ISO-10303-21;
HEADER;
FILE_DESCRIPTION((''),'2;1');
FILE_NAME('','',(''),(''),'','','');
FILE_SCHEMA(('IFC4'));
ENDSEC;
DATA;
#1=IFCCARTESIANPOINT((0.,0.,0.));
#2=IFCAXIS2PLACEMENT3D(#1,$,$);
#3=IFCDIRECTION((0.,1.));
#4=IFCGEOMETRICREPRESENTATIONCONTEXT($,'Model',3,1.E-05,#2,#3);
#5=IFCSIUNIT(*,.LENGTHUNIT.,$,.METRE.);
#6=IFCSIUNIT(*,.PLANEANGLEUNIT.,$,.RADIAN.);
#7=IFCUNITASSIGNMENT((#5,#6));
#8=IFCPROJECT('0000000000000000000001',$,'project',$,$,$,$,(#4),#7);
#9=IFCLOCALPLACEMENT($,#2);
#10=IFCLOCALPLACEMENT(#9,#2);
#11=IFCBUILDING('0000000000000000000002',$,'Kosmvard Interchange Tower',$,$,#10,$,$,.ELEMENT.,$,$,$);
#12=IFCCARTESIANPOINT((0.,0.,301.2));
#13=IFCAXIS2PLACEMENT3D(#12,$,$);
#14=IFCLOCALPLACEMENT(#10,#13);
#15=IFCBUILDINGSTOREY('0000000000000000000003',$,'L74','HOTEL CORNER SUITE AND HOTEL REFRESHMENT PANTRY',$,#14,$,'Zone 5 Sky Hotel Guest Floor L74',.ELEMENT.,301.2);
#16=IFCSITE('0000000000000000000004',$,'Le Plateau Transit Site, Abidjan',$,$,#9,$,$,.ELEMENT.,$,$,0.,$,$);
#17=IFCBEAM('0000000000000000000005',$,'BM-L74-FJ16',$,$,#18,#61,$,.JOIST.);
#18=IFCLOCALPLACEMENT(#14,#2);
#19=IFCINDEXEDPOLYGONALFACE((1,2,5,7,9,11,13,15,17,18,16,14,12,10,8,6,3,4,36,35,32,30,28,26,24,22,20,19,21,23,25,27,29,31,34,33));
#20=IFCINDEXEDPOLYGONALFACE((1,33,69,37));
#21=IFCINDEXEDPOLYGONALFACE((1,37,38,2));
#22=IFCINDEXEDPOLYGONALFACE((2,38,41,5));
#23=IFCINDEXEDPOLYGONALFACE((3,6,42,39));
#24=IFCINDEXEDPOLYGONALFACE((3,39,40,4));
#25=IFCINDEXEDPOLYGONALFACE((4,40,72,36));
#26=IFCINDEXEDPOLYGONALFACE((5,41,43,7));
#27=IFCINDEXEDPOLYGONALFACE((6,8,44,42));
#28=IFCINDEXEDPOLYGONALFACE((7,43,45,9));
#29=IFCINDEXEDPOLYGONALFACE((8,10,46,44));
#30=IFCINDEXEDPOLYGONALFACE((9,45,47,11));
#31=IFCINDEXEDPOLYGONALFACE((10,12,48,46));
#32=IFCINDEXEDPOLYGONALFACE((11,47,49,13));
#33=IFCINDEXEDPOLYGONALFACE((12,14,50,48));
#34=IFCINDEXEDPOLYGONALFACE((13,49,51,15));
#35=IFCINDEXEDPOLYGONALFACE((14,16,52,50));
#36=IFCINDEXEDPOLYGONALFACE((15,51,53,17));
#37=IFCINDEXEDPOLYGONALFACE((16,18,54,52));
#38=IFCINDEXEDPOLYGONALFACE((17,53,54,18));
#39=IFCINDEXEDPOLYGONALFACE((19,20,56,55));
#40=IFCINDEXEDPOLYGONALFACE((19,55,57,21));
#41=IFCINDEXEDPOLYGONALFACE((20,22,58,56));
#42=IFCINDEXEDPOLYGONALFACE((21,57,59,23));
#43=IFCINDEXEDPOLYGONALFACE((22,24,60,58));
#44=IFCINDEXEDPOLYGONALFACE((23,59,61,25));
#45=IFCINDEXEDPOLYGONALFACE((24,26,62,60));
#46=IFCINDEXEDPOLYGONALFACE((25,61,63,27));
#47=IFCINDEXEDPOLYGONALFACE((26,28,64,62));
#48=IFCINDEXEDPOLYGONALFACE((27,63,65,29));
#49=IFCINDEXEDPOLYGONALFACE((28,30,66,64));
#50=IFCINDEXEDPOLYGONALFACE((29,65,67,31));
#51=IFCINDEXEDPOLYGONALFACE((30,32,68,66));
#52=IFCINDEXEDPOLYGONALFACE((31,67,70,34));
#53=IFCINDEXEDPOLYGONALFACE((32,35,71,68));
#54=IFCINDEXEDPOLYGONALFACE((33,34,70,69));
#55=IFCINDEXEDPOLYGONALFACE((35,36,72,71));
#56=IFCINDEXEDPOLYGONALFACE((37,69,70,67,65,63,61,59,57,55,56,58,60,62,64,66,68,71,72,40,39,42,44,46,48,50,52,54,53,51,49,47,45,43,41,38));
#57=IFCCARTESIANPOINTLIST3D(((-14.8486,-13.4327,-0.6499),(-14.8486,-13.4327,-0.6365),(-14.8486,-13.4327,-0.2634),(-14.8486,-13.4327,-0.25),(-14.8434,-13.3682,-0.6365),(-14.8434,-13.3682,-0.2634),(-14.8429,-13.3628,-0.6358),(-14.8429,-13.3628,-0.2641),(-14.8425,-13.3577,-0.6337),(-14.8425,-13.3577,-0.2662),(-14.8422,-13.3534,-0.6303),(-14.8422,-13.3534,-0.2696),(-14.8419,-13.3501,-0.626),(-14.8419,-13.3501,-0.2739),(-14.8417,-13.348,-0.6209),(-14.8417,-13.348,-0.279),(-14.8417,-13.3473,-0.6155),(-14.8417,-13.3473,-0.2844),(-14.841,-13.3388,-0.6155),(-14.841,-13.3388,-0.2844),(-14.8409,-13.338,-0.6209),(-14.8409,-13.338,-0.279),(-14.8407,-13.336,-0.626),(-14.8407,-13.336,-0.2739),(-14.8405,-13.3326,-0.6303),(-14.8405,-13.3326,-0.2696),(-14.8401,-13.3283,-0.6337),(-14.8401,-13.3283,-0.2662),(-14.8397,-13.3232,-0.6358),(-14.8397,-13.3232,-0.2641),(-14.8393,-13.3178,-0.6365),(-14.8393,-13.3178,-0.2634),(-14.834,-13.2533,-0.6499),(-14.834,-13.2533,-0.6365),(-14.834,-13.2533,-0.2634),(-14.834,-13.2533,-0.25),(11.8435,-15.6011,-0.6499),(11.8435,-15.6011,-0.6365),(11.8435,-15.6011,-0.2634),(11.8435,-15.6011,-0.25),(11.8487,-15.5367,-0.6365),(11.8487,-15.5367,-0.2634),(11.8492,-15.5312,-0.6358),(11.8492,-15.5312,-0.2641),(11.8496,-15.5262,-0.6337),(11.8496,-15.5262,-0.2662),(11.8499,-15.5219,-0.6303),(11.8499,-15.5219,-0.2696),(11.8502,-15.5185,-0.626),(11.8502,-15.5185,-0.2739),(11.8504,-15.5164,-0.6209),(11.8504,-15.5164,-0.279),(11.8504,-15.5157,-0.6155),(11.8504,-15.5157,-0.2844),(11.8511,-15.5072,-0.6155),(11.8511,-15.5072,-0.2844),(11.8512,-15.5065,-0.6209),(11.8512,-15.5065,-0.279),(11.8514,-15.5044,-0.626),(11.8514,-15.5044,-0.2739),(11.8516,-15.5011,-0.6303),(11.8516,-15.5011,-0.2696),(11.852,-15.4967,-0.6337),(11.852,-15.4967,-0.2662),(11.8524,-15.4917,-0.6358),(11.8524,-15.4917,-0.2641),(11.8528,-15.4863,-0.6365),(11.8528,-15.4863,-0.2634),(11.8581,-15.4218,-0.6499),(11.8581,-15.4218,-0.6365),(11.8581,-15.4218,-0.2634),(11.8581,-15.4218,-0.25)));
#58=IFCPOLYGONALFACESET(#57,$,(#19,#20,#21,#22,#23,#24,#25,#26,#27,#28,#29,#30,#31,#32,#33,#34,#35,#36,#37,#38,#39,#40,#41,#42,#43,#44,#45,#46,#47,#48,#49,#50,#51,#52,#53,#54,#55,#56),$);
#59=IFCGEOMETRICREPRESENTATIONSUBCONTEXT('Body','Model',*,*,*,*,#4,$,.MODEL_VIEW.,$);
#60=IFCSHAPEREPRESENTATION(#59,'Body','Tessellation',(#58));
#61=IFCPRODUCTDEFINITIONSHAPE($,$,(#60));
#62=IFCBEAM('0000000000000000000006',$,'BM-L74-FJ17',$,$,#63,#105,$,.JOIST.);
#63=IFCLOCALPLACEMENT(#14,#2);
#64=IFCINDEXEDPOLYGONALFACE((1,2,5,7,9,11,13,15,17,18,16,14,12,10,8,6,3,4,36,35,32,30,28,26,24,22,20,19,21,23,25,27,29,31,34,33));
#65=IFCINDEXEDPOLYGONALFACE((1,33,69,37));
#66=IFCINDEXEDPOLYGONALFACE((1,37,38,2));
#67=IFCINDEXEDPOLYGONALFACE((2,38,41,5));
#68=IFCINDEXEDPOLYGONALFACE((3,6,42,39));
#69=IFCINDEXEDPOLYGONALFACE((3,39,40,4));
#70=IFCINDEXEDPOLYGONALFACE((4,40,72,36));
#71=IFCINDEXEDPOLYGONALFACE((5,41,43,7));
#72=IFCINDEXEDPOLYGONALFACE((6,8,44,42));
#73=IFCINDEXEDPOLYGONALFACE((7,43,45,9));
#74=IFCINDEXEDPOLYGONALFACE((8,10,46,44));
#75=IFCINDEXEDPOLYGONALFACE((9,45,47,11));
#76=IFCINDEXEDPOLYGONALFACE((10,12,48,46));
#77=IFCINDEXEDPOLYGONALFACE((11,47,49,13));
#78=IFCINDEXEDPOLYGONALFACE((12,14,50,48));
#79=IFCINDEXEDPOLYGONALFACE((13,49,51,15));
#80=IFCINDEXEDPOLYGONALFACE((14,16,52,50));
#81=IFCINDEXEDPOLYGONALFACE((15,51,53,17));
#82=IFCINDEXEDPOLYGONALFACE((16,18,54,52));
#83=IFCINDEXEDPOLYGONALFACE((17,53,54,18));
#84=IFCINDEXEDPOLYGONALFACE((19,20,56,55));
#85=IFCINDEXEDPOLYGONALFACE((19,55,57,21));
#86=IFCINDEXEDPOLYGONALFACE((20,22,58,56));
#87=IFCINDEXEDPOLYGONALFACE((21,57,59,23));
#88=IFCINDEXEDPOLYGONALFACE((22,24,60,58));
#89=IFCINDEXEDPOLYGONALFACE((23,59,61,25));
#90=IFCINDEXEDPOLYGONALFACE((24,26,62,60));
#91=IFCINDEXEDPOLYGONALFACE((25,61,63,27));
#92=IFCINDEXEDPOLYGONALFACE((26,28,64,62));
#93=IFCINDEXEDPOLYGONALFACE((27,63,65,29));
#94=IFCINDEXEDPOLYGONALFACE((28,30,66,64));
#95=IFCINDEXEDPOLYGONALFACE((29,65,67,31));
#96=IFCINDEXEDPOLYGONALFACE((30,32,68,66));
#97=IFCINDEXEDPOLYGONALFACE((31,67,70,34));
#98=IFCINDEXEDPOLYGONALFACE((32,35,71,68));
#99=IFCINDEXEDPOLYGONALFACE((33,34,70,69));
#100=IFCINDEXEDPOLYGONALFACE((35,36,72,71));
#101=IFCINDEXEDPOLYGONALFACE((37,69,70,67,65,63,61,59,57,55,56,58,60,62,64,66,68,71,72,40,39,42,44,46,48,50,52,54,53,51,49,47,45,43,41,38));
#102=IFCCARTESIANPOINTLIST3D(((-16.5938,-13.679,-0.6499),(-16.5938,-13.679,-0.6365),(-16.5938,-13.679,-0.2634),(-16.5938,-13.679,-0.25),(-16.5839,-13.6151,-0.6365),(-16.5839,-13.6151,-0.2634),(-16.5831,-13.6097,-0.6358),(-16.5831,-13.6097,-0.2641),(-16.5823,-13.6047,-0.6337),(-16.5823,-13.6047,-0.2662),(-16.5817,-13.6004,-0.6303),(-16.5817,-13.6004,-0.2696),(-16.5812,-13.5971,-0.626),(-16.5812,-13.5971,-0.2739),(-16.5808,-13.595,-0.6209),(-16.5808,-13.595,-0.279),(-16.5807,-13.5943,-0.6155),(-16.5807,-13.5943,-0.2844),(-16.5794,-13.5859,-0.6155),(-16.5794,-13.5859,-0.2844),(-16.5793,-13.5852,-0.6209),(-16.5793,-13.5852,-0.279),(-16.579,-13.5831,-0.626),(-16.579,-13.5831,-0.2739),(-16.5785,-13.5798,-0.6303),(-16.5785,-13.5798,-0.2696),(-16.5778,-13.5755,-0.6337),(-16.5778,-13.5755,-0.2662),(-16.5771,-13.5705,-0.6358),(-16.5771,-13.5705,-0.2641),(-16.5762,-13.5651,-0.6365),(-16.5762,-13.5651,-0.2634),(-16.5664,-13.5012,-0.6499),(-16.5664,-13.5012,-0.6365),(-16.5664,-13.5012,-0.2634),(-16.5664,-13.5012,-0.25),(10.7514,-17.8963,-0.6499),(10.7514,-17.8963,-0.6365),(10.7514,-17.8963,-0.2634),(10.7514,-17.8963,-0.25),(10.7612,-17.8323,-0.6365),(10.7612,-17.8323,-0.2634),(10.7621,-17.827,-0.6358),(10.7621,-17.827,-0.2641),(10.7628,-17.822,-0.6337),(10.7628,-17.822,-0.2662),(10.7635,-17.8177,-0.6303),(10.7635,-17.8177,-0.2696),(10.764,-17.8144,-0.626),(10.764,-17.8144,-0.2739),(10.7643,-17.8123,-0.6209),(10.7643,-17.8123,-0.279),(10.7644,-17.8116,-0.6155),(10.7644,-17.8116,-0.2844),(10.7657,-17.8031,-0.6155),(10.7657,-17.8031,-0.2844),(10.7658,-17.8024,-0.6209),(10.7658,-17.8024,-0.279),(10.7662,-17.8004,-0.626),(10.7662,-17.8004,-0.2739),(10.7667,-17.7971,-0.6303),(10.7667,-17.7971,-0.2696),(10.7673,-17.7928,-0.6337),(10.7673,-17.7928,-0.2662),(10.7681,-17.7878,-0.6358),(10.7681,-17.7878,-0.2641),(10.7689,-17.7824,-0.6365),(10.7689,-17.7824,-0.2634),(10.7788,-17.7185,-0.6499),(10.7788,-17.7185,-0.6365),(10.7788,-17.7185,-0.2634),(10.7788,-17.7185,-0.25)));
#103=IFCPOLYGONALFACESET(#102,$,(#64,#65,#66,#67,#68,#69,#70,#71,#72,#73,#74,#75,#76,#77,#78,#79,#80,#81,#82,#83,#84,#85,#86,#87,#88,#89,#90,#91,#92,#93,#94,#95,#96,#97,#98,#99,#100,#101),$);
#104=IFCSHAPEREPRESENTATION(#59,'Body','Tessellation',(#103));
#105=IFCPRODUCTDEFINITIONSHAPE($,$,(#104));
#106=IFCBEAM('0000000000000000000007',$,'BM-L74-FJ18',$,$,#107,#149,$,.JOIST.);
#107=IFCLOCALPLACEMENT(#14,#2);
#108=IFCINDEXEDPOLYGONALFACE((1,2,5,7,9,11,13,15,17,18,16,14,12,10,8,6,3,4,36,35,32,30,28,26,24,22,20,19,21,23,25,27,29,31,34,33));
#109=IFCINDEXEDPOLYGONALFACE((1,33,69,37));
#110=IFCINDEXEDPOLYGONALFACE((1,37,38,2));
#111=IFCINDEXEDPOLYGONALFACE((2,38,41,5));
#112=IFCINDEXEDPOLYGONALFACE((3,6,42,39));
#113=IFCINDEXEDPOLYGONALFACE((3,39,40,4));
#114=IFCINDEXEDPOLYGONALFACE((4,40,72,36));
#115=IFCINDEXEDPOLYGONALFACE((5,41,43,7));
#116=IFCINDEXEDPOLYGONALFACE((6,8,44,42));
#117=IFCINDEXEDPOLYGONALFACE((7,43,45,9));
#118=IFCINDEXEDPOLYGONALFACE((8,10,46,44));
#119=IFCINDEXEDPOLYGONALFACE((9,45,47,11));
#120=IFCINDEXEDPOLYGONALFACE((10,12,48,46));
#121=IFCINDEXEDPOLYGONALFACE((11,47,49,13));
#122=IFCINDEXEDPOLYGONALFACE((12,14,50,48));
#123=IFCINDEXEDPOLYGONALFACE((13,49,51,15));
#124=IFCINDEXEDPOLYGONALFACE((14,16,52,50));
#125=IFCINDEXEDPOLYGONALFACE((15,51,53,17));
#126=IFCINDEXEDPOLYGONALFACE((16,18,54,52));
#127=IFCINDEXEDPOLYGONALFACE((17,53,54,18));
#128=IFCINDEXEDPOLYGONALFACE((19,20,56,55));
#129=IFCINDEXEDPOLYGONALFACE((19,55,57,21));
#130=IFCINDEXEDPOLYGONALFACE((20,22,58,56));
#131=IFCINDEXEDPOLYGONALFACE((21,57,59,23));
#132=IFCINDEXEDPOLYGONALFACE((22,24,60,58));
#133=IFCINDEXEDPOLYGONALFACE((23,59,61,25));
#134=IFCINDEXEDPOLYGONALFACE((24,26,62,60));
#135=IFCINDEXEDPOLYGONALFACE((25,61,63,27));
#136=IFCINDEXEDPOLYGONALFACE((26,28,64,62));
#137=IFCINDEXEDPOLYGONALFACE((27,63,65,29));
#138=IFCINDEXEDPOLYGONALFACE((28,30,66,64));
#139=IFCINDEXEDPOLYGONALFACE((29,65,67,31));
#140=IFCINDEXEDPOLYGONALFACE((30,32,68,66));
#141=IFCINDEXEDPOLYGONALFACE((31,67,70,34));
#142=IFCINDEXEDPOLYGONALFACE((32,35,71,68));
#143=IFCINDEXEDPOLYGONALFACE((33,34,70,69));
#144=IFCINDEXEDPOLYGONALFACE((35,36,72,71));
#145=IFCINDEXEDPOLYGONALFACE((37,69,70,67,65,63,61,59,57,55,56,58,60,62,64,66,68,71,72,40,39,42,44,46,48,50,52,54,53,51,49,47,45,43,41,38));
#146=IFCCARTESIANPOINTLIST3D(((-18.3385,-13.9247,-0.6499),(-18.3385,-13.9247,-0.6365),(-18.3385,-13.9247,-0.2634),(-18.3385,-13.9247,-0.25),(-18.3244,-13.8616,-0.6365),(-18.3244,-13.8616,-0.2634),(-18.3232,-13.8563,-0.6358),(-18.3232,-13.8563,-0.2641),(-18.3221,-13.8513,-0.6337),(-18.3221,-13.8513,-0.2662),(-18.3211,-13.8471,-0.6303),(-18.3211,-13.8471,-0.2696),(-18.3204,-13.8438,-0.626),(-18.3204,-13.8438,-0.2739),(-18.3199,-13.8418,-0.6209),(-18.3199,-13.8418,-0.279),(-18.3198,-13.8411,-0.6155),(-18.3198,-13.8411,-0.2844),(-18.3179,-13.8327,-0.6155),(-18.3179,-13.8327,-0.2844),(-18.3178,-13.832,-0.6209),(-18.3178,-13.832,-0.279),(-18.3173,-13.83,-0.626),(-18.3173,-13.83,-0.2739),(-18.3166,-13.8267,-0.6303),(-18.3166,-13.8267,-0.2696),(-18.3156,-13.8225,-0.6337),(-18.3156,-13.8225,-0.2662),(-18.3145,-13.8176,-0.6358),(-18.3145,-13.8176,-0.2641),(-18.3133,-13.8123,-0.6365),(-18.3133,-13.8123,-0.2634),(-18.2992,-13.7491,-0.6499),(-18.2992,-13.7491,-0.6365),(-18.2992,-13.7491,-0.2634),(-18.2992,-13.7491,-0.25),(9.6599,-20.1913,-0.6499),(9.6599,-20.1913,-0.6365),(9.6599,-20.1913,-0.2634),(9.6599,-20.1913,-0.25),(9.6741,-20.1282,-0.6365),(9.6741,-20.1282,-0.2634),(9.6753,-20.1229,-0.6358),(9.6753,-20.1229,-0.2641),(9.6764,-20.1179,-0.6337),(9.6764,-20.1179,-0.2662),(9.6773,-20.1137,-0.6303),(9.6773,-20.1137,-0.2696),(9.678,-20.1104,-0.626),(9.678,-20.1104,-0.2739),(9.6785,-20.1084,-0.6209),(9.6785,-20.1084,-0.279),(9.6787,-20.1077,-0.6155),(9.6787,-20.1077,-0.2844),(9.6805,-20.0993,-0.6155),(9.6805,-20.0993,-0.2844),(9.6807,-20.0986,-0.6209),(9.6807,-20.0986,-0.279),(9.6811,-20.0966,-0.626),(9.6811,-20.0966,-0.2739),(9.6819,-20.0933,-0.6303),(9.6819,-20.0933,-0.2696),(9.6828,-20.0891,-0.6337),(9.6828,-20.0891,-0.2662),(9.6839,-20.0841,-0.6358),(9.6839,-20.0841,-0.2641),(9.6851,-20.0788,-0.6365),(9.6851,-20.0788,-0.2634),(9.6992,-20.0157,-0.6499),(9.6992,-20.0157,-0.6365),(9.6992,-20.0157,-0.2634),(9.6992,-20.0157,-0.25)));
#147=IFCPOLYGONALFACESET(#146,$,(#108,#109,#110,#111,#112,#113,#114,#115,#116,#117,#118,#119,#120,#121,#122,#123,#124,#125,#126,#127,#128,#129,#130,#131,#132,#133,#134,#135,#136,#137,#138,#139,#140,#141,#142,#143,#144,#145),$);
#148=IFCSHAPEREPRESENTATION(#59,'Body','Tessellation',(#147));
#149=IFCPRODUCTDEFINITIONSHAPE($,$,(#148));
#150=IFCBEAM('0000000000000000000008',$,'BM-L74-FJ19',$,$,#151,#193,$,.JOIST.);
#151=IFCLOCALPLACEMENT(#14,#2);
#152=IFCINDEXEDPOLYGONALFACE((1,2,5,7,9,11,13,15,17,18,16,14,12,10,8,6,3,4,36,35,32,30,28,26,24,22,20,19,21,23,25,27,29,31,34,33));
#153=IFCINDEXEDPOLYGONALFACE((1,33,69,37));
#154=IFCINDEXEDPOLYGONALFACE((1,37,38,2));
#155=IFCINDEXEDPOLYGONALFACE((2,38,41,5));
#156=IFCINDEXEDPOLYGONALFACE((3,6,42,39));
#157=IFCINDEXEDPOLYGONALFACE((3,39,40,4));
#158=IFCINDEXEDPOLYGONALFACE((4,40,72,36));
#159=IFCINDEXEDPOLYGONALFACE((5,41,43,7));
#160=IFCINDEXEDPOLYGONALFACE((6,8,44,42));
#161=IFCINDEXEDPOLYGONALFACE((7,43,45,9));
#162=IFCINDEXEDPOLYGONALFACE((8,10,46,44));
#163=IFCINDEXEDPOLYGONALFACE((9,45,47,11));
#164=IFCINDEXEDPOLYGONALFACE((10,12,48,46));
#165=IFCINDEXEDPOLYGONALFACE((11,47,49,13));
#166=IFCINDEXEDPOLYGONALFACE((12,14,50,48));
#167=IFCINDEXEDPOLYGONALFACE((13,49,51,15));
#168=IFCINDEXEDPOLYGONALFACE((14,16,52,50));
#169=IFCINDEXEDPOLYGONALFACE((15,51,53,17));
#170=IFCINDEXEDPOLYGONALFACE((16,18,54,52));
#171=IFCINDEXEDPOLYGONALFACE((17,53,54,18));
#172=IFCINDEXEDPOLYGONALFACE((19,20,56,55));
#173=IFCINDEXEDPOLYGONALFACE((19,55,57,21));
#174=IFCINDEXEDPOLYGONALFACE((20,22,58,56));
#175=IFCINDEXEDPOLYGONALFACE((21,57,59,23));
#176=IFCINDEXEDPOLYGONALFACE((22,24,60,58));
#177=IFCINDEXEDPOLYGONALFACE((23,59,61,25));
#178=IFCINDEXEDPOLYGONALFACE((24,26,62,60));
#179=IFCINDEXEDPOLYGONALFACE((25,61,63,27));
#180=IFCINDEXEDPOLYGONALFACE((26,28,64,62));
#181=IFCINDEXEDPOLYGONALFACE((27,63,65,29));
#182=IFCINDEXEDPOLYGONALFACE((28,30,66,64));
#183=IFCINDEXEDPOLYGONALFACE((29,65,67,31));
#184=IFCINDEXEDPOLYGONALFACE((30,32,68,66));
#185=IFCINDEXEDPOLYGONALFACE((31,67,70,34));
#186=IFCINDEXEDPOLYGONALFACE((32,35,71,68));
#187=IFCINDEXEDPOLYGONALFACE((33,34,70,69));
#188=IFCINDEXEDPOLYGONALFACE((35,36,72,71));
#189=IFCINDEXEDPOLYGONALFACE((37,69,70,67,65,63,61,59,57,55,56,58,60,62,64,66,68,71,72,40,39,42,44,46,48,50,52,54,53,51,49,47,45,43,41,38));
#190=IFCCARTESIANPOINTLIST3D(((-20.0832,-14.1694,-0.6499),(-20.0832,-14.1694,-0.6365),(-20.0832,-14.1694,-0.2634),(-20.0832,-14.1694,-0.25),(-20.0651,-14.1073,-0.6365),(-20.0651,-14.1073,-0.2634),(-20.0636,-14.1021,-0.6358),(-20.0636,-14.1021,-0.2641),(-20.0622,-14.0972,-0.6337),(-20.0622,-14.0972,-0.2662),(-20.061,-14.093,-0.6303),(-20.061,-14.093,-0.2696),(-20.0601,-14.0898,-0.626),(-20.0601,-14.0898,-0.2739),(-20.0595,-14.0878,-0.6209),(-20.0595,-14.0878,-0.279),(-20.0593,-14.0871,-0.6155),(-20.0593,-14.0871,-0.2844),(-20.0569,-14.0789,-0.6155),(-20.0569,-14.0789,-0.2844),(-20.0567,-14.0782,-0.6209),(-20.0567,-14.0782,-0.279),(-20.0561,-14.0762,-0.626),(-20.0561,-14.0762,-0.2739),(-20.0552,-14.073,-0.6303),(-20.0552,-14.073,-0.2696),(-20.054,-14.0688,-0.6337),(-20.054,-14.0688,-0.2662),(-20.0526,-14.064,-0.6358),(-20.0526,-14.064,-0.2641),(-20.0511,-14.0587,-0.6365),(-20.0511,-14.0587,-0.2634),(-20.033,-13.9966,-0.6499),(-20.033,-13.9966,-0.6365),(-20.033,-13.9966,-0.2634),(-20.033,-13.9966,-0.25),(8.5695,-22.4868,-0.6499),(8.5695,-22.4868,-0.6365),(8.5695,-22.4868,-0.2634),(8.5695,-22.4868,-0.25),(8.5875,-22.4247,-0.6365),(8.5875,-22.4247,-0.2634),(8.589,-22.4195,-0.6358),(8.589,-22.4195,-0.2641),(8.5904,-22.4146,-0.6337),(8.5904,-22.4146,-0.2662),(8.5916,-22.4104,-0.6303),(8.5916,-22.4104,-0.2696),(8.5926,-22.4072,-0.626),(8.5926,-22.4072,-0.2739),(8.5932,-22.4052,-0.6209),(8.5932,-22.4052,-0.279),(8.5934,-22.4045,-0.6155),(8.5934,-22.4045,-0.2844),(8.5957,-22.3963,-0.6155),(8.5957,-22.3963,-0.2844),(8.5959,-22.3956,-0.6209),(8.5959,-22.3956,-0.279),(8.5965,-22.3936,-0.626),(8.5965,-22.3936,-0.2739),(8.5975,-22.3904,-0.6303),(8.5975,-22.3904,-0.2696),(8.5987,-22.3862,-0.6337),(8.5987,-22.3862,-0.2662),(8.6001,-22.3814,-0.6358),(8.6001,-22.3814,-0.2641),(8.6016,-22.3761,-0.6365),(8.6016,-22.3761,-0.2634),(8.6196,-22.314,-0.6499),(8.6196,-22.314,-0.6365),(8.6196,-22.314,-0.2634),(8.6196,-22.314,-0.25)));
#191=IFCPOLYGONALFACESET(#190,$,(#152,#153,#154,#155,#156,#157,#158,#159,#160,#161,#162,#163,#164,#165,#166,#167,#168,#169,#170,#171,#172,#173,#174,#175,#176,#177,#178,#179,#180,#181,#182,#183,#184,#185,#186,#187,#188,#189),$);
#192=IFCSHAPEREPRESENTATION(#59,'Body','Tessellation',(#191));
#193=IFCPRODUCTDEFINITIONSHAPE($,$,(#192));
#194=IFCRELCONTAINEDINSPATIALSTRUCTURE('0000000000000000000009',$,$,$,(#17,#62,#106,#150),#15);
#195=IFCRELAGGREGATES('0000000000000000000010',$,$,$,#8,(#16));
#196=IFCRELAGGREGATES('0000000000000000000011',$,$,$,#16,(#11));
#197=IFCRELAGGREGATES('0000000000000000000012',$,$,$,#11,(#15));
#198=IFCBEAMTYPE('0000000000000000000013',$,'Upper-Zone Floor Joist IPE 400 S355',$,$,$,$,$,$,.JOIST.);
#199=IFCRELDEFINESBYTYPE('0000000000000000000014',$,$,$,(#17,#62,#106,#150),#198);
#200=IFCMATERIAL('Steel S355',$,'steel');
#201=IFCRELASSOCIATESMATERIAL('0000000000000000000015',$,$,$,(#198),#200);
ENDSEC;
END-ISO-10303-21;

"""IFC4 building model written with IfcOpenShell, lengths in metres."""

from ifc_helpers import new_model, si_unit, direction, frame, origin, origin_2d, place, context, subcontext, project, spatial, i_section, extrude, source, transform, mapped, material, material_profile, profile_set, type_object, element, save


model = new_model("IFC4")

# Units and contexts
model_context = context("Model", 3, precision=1e-05, world=origin(), true_north=direction((0.0, 1.0)))
body_context = subcontext(model_context, "Body", "Model", "MODEL_VIEW")
ifc_project = project(units=[si_unit("LENGTHUNIT", "METRE"), si_unit("PLANEANGLEUNIT", "RADIAN")], contexts=[model_context])

# Site, building, storey
site_placement = place(None, origin())
site = spatial("IfcSite", under=ifc_project, at=site_placement, Name="Le Plateau Transit Site, Abidjan", CompositionType="ELEMENT", RefElevation=0.0)
building_placement = place(site_placement, origin())
building = spatial("IfcBuilding", under=site, at=building_placement, Name="Kosmvard Interchange Tower", CompositionType="ELEMENT")
storey_placement = place(building_placement, frame((0.0, 0.0, 301.2)))
storey = spatial("IfcBuildingStorey", under=building, at=storey_placement, Name="L74", Description="HOTEL CORNER SUITE AND HOTEL REFRESHMENT PANTRY", LongName="Zone 5 Sky Hotel Guest Floor L74", CompositionType="ELEMENT", Elevation=301.2)

# Beams
ifc_material_1 = material(Name="Steel S355", Category="steel")
ifc_material_profile_1 = material_profile(ifc_material_1, i_section(OverallWidth=0.1799, OverallDepth=0.3999, WebThickness=0.0085, FlangeThickness=0.0134, FilletRadius=0.021, at=origin_2d()), Name="IPE 400")
ifc_profile_set_1 = profile_set([ifc_material_profile_1], Name="Steel S355")
beam_type_1 = type_object("IfcBeamType", Name="Upper-Zone Floor Joist IPE 400 S355", PredefinedType="JOIST", material=ifc_profile_set_1)
shared_shape_1 = source(origin(), body_context, "Body", "SweptSolid", [
    extrude(i_section(OverallWidth=0.1799, OverallDepth=0.3999, WebThickness=0.0085, FlangeThickness=0.0134, FilletRadius=0.021, at=origin_2d()), origin(), (0.0, 0.0, 1.0), 26.78),
])
beam_1_placement = place(storey_placement, frame((-14.8413, -13.343, -0.45), z_axis=(0.996716, -0.080973, 0.0), x_axis=(0.080973, 0.996716, 0.0)))
element("IfcBeam", 1, at=beam_1_placement, inside=storey, type_object=beam_type_1, Name="BM-L74-FJ16", PredefinedType="JOIST", context=body_context, shape_type="MappedRepresentation", body=[
    mapped(shared_shape_1, transform((0.0, 0.0, 0.0), scale=1.0)),
])
shared_shape_2 = source(origin(), body_context, "Body", "SweptSolid", [
    extrude(i_section(OverallWidth=0.1799, OverallDepth=0.3999, WebThickness=0.0085, FlangeThickness=0.0134, FilletRadius=0.021, at=origin_2d()), origin(), (0.0, 0.0, 1.0), 27.6685),
])
beam_2_placement = place(storey_placement, frame((-16.5801, -13.5901, -0.45), z_axis=(0.988316, -0.152422, 0.0), x_axis=(0.152422, 0.988316, 0.0)))
element("IfcBeam", 2, at=beam_2_placement, inside=storey, type_object=beam_type_1, Name="BM-L74-FJ17", PredefinedType="JOIST", context=body_context, shape_type="MappedRepresentation", body=[
    mapped(shared_shape_2, transform((0.0, 0.0, 0.0), scale=1.0)),
])
shared_shape_3 = source(origin(), body_context, "Body", "SweptSolid", [
    extrude(i_section(OverallWidth=0.1799, OverallDepth=0.3999, WebThickness=0.0085, FlangeThickness=0.0134, FilletRadius=0.021, at=origin_2d()), origin(), (0.0, 0.0, 1.0), 28.6912),
])
beam_3_placement = place(storey_placement, frame((-18.3188, -13.8369, -0.45), z_axis=(0.975856, -0.218415, 0.0), x_axis=(0.218415, 0.975856, 0.0)))
element("IfcBeam", 3, at=beam_3_placement, inside=storey, type_object=beam_type_1, Name="BM-L74-FJ18", PredefinedType="JOIST", context=body_context, shape_type="MappedRepresentation", body=[
    mapped(shared_shape_3, transform((0.0, 0.0, 0.0), scale=1.0)),
])
shared_shape_4 = source(origin(), body_context, "Body", "SweptSolid", [
    extrude(i_section(OverallWidth=0.1799, OverallDepth=0.3999, WebThickness=0.0085, FlangeThickness=0.0134, FilletRadius=0.021, at=origin_2d()), origin(), (0.0, 0.0, 1.0), 29.8354),
])
beam_4_placement = place(storey_placement, frame((-20.0581, -14.083, -0.45), z_axis=(0.960356, -0.278776, 0.0), x_axis=(0.278776, 0.960356, 0.0)))
element("IfcBeam", 4, at=beam_4_placement, inside=storey, type_object=beam_type_1, Name="BM-L74-FJ19", PredefinedType="JOIST", context=body_context, shape_type="MappedRepresentation", body=[
    mapped(shared_shape_4, transform((0.0, 0.0, 0.0), scale=1.0)),
])

save(model, "model.ifc")
